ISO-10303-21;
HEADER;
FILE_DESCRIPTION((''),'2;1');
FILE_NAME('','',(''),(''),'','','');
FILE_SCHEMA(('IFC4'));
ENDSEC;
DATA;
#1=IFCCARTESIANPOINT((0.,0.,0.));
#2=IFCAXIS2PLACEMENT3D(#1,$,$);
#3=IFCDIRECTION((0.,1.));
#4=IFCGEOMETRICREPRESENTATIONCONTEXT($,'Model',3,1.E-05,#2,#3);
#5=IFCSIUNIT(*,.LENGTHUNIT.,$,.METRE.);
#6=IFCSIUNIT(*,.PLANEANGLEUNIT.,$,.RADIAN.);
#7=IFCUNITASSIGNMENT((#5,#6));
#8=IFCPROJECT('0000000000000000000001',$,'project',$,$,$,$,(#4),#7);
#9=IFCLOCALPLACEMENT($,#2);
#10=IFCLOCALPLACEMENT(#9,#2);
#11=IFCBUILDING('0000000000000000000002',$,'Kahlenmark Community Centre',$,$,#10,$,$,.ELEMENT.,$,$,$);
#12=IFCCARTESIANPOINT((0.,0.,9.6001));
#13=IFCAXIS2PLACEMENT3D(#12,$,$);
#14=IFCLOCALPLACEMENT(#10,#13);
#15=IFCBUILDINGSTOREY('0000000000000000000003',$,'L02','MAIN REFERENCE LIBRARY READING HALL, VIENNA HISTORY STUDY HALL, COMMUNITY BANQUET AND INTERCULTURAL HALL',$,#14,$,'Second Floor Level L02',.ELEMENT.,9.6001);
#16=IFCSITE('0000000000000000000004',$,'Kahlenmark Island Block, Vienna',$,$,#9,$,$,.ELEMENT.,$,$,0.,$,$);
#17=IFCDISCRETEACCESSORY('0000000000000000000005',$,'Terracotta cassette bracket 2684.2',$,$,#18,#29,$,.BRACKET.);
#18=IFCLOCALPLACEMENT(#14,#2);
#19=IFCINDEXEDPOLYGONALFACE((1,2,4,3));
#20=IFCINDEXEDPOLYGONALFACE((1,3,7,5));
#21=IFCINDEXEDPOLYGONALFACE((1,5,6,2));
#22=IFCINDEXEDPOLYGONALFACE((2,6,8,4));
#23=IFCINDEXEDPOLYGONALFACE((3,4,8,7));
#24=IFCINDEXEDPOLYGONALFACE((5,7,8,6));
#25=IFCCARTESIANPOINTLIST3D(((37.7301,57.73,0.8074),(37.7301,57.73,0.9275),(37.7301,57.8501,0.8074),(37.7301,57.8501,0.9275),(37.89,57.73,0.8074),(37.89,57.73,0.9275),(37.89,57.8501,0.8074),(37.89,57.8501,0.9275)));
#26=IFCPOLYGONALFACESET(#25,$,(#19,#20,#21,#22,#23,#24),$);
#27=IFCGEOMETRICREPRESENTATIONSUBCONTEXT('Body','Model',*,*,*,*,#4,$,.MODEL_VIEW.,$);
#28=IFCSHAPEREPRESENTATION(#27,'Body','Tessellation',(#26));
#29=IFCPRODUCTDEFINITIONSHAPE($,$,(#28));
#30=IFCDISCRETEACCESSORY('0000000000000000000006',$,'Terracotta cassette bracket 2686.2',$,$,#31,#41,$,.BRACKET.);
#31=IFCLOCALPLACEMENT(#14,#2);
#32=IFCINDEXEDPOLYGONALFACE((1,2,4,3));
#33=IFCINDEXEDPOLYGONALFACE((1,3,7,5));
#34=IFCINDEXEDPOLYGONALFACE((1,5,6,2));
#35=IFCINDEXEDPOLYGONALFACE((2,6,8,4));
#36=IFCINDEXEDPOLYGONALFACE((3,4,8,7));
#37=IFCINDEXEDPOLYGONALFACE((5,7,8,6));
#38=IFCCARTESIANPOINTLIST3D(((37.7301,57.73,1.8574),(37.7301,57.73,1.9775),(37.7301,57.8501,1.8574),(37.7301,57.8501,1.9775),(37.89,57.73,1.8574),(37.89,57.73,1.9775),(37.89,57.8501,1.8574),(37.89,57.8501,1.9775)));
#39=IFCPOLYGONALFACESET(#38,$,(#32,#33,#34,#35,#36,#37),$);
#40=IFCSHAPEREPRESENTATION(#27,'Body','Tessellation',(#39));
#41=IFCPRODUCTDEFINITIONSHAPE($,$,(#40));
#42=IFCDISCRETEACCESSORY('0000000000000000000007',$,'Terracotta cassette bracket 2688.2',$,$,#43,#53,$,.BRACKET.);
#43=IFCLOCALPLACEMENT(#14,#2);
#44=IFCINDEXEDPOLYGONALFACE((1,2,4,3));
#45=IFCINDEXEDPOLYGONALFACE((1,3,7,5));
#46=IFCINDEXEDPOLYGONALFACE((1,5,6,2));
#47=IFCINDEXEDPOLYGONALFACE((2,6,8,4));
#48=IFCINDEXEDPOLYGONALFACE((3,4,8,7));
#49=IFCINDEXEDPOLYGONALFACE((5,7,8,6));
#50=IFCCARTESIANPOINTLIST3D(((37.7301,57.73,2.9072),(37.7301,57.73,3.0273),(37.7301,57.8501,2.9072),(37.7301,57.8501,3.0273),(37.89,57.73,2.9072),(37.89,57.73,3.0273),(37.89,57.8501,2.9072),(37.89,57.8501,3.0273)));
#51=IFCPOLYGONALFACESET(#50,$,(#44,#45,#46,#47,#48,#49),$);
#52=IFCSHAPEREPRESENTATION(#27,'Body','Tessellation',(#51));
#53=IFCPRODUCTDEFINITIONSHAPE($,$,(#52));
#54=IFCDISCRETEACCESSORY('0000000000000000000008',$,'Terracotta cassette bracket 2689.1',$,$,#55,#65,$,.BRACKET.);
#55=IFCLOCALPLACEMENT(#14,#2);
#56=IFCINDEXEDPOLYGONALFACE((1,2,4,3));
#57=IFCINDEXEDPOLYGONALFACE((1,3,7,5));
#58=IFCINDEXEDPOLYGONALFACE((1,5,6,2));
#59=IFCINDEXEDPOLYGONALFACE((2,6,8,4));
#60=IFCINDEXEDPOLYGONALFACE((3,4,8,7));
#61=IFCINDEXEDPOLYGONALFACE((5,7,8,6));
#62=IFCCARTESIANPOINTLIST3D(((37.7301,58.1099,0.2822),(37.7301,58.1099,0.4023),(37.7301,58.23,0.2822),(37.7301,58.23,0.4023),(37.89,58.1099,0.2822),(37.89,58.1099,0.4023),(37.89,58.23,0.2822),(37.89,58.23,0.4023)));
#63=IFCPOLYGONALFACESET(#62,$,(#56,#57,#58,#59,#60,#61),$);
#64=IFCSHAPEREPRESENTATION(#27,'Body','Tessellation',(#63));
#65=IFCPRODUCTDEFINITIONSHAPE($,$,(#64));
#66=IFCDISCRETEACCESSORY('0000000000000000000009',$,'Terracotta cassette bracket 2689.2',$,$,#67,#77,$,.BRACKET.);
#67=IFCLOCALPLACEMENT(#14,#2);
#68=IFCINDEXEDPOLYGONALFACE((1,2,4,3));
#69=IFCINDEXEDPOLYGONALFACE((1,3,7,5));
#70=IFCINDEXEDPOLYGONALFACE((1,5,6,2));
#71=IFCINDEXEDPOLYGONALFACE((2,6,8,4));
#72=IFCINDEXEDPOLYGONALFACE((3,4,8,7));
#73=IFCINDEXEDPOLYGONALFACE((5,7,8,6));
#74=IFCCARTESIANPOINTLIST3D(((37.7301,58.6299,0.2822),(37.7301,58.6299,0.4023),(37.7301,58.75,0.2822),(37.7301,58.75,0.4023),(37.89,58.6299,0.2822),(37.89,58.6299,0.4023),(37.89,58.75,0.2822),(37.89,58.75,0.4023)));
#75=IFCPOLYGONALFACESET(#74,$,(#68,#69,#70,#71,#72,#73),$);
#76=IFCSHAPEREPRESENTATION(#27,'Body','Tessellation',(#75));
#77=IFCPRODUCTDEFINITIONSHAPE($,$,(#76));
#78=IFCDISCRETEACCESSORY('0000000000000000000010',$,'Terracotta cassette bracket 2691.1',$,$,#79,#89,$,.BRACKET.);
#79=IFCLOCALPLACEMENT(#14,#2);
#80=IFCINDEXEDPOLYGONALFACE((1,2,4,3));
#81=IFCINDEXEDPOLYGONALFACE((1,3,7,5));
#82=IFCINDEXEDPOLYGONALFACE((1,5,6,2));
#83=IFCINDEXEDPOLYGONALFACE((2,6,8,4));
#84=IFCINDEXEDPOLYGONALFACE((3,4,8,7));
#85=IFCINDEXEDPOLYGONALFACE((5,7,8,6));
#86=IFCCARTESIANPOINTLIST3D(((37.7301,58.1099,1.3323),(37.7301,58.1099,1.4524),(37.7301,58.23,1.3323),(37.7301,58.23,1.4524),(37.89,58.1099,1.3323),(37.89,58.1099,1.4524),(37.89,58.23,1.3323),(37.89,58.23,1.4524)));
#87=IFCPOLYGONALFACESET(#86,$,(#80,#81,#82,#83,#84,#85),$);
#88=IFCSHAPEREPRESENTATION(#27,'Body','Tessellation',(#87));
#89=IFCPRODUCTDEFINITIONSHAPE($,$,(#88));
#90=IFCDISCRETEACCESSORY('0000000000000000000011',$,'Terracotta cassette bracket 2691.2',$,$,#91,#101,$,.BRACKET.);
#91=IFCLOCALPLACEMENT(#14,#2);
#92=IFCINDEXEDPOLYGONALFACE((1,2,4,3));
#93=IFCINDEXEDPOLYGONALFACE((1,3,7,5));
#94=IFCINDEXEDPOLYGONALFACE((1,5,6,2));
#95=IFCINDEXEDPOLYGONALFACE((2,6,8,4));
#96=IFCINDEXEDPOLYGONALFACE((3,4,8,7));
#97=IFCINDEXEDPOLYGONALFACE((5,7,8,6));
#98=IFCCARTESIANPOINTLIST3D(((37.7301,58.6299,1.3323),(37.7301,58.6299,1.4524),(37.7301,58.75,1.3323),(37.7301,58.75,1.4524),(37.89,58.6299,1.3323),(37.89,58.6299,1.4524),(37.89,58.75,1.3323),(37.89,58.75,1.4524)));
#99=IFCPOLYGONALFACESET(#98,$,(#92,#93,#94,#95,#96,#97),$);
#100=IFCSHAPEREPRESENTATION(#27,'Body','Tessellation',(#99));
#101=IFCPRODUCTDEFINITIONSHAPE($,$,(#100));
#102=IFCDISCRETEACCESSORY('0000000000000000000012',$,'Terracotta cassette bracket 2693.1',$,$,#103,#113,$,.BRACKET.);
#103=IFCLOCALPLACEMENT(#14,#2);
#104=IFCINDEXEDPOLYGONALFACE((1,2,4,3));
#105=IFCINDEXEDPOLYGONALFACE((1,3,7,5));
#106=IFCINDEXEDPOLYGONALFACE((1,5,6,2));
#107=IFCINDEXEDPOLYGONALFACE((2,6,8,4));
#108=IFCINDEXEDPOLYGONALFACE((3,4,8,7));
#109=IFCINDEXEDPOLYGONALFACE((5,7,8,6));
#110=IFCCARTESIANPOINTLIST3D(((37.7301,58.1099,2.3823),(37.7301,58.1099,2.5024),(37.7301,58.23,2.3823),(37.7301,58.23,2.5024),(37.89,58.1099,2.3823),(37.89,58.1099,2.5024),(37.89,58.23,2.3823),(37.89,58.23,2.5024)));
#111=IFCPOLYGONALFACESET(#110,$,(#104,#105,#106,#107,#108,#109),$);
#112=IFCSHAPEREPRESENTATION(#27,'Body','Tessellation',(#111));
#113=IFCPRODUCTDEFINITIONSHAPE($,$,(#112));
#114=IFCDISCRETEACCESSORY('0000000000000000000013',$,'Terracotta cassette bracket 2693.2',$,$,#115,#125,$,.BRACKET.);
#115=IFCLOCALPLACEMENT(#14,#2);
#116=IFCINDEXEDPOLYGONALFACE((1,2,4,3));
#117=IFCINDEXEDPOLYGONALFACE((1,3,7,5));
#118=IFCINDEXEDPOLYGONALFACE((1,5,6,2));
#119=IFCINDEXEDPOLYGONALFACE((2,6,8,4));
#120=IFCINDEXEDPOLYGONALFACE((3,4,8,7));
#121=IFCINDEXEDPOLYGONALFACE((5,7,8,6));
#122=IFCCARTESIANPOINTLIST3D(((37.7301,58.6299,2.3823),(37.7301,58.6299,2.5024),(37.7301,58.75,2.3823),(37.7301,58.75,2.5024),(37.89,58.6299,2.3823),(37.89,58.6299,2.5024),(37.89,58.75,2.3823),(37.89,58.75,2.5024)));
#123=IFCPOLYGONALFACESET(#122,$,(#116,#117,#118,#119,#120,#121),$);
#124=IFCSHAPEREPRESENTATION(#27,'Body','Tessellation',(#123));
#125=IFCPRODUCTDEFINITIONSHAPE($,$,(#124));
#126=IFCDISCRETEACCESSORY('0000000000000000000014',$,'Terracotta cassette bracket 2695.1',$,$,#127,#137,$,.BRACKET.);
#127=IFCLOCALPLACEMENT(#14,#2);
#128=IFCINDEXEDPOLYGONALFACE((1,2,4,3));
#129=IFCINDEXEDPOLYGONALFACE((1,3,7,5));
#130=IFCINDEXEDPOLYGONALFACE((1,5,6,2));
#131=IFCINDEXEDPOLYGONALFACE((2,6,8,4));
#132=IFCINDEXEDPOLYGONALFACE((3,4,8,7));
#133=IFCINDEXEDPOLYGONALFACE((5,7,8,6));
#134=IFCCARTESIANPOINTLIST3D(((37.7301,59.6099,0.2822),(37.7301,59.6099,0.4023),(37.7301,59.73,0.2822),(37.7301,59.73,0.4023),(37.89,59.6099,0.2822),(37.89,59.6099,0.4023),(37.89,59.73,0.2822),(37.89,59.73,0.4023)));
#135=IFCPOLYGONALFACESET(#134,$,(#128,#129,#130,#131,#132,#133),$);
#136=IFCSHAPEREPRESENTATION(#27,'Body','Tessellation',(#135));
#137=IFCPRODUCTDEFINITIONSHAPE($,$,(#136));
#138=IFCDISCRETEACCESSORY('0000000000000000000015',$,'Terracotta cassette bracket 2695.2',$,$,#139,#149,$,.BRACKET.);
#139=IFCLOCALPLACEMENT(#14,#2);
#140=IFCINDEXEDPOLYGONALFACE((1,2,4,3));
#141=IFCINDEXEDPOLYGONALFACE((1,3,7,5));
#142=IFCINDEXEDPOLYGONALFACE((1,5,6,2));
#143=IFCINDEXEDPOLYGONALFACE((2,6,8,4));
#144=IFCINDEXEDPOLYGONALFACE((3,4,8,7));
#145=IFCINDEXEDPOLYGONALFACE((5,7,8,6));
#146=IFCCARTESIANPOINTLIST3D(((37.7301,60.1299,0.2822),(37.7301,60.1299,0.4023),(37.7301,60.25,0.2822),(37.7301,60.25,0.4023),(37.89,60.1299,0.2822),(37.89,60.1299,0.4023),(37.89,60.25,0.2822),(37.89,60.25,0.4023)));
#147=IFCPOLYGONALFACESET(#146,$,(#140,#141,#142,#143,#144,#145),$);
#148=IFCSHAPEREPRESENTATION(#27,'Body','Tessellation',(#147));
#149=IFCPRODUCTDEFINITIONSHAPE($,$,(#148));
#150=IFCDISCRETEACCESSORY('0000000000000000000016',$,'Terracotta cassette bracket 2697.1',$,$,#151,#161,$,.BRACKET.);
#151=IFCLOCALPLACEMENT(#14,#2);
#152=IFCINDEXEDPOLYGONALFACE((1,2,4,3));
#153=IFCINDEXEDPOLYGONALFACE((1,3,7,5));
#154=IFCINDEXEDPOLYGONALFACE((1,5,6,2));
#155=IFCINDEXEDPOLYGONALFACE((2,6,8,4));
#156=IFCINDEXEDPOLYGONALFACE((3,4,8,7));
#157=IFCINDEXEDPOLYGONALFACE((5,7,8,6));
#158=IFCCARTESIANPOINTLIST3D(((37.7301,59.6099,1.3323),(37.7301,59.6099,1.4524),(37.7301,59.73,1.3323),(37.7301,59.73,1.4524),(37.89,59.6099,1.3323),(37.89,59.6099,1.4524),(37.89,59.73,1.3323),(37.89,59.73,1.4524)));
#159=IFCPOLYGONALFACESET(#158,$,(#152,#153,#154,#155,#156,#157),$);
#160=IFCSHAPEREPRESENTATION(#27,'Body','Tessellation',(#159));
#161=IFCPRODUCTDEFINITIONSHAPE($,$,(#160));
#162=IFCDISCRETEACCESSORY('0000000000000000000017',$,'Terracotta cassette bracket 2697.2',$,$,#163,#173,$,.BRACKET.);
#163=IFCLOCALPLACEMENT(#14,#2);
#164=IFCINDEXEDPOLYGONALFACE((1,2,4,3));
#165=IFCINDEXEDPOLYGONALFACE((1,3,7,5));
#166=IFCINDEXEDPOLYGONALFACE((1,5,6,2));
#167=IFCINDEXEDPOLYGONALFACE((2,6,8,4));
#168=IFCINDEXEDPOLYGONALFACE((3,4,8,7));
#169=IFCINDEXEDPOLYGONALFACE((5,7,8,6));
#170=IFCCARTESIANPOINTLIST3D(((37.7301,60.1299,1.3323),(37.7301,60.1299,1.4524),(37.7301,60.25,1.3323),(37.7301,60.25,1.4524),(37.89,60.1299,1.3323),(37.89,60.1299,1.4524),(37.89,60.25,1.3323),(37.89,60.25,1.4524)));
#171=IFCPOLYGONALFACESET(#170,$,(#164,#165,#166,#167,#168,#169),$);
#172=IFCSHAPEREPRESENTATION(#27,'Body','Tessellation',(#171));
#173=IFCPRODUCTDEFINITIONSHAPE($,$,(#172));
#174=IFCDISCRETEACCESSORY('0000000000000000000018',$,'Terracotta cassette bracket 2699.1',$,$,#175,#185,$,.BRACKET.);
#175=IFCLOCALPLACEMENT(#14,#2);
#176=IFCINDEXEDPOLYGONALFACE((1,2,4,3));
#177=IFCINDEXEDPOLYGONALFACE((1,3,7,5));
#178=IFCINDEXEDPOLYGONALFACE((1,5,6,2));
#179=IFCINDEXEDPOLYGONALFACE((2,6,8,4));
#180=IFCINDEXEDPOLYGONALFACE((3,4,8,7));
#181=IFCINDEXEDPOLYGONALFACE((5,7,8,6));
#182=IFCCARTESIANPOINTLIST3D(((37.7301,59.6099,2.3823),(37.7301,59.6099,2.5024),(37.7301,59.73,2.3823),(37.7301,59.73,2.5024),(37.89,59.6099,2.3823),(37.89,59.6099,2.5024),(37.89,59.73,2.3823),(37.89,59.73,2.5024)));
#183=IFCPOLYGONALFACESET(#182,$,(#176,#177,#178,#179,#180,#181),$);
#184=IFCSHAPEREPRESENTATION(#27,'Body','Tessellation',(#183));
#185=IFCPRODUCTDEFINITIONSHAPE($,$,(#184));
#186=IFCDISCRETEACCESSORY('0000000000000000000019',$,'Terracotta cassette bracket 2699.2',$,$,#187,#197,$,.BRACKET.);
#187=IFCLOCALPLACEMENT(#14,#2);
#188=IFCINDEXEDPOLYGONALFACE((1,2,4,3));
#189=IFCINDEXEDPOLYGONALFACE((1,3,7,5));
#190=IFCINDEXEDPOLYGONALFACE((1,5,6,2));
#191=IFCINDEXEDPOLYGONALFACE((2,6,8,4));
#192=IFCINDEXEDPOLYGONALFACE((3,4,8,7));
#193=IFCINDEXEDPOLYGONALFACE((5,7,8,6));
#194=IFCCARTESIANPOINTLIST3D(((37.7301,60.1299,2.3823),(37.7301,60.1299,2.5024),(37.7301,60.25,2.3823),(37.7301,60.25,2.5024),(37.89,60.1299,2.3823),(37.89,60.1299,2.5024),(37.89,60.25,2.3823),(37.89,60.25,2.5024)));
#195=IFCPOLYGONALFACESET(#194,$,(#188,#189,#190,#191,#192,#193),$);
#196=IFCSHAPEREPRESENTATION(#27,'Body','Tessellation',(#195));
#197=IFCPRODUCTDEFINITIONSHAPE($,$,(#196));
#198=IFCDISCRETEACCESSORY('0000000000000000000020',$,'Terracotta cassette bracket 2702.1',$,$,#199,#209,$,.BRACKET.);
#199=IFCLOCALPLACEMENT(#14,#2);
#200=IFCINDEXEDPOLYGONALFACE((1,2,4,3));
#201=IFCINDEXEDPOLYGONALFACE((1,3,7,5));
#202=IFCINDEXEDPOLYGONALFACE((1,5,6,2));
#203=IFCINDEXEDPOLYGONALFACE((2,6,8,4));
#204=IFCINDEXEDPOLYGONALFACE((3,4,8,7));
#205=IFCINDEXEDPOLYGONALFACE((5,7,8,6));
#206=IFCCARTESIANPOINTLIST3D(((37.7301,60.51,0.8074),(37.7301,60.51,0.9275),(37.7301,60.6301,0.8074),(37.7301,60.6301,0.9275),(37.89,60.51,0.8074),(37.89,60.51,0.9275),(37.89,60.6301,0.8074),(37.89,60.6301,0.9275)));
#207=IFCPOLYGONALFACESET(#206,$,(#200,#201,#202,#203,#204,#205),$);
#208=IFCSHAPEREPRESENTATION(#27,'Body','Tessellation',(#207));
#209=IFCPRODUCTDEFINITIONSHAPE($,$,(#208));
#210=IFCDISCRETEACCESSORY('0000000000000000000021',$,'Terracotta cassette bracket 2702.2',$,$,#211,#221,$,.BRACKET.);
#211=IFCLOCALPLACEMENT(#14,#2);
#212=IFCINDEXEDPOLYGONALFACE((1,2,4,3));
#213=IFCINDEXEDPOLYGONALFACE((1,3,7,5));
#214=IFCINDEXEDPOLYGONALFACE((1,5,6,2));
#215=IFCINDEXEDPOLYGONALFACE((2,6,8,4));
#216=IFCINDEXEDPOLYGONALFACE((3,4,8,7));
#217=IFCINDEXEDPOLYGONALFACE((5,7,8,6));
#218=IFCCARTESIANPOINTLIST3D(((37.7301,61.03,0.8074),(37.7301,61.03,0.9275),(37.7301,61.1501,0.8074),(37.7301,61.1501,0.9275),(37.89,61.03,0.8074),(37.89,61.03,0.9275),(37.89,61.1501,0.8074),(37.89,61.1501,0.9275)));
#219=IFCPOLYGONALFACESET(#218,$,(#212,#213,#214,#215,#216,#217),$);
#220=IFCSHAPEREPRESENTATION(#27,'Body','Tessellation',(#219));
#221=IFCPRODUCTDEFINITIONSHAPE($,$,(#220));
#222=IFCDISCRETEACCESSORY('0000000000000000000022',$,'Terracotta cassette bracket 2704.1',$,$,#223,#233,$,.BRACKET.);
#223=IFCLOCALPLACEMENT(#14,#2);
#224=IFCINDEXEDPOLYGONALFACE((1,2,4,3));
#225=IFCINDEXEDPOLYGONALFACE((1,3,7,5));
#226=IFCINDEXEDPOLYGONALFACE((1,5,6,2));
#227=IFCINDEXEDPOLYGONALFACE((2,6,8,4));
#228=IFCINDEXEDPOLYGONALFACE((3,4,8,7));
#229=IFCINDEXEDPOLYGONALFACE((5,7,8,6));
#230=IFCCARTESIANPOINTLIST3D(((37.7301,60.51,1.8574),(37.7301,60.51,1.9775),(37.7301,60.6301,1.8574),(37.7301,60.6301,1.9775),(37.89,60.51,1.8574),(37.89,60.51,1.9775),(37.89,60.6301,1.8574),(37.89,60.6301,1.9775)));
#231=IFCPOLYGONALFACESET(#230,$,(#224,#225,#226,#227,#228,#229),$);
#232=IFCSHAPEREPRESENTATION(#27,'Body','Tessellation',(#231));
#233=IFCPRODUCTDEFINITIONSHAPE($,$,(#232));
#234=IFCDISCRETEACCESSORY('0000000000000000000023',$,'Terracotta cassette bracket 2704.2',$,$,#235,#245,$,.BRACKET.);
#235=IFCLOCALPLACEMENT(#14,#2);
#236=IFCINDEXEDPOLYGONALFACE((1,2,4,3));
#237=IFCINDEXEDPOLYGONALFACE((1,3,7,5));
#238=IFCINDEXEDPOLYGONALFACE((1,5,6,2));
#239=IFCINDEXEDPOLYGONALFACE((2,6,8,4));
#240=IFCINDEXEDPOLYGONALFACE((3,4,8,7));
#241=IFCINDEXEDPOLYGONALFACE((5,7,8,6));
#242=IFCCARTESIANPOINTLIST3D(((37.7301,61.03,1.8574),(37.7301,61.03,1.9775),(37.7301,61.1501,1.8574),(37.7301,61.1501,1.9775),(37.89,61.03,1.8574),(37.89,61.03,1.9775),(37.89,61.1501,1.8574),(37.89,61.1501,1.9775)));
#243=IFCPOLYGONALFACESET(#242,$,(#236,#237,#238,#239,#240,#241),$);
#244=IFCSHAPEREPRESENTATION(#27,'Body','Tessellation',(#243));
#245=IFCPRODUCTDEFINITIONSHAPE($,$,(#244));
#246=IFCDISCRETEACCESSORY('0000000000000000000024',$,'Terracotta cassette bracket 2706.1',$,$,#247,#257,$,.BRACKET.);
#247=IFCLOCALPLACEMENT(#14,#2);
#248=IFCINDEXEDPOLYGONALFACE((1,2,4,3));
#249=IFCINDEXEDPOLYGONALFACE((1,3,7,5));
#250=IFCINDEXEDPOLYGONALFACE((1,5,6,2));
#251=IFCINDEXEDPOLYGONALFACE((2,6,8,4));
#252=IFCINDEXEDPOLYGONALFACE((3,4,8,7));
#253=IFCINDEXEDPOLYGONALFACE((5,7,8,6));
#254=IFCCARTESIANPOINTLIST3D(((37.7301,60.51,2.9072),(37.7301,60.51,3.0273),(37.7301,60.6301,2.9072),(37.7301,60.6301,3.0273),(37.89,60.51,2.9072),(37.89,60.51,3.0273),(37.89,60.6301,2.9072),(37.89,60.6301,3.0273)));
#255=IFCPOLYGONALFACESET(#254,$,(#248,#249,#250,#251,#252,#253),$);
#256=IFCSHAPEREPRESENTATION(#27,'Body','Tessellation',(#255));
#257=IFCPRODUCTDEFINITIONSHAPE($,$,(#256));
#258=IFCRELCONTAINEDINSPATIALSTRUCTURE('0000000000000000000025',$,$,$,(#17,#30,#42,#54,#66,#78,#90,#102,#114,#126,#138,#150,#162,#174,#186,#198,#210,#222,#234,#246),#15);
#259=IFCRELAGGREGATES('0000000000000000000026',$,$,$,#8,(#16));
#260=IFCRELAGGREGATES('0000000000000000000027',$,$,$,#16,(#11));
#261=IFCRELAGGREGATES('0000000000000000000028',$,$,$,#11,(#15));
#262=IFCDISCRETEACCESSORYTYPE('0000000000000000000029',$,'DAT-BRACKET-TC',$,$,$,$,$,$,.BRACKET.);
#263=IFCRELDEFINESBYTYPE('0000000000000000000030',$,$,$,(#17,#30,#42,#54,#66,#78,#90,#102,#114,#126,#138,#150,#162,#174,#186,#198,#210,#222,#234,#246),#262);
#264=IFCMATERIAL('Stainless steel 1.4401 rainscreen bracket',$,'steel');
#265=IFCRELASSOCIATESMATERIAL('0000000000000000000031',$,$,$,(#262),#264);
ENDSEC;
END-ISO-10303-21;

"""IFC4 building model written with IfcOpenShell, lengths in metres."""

from ifc_helpers import new_model, si_unit, direction, frame, origin, origin_2d, place, context, subcontext, project, spatial, rectangle, extrude, material, type_object, element, save


model = new_model("IFC4")

# Units and contexts
model_context = context("Model", 3, precision=1e-05, world=origin(), true_north=direction((0.0, 1.0)))
body_context = subcontext(model_context, "Body", "Model", "MODEL_VIEW")
ifc_project = project(units=[si_unit("LENGTHUNIT", "METRE"), si_unit("PLANEANGLEUNIT", "RADIAN")], contexts=[model_context])

# Site, building, storey
site_placement = place(None, origin())
site = spatial("IfcSite", under=ifc_project, at=site_placement, Name="Kahlenmark Island Block, Vienna", CompositionType="ELEMENT", RefElevation=0.0)
building_placement = place(site_placement, origin())
building = spatial("IfcBuilding", under=site, at=building_placement, Name="Kahlenmark Community Centre", CompositionType="ELEMENT")
storey_placement = place(building_placement, frame((0.0, 0.0, 9.6001)))
storey = spatial("IfcBuildingStorey", under=building, at=storey_placement, Name="L02", Description="MAIN REFERENCE LIBRARY READING HALL, VIENNA HISTORY STUDY HALL, COMMUNITY BANQUET AND INTERCULTURAL HALL", LongName="Second Floor Level L02", CompositionType="ELEMENT", Elevation=9.6001)

# Discrete accessories
ifc_material_1 = material(Name="Stainless steel 1.4401 rainscreen bracket", Category="steel")
discrete_accessory_type = type_object("IfcDiscreteAccessoryType", Name="DAT-BRACKET-TC", PredefinedType="BRACKET", material=ifc_material_1)
for number, where, z_axis, x_axis, name in (
    (1, (37.8101, 57.79, 0.8074), (0.0, 0.0, 1.0), (0.0, 1.0, 0.0), "Terracotta cassette bracket 2684.2"),
    (2, (37.8101, 57.79, 1.8574), (0.0, 0.0, 1.0), (0.0, 1.0, 0.0), "Terracotta cassette bracket 2686.2"),
    (3, (37.8101, 57.79, 2.9072), (0.0, 0.0, 1.0), (0.0, 1.0, 0.0), "Terracotta cassette bracket 2688.2"),
    (4, (37.8101, 58.1699, 0.2822), (0.0, 0.0, 1.0), (0.0, 1.0, 0.0), "Terracotta cassette bracket 2689.1"),
    (5, (37.8101, 58.6899, 0.2822), (0.0, 0.0, 1.0), (0.0, 1.0, 0.0), "Terracotta cassette bracket 2689.2"),
    (6, (37.8101, 58.1699, 1.3323), (0.0, 0.0, 1.0), (0.0, 1.0, 0.0), "Terracotta cassette bracket 2691.1"),
    (7, (37.8101, 58.6899, 1.3323), (0.0, 0.0, 1.0), (0.0, 1.0, 0.0), "Terracotta cassette bracket 2691.2"),
    (8, (37.8101, 58.1699, 2.3823), (0.0, 0.0, 1.0), (0.0, 1.0, 0.0), "Terracotta cassette bracket 2693.1"),
    (9, (37.8101, 58.6899, 2.3823), (0.0, 0.0, 1.0), (0.0, 1.0, 0.0), "Terracotta cassette bracket 2693.2"),
    (10, (37.8101, 59.6699, 0.2822), (0.0, 0.0, 1.0), (0.0, 1.0, 0.0), "Terracotta cassette bracket 2695.1"),
    (11, (37.8101, 60.1899, 0.2822), (0.0, 0.0, 1.0), (0.0, 1.0, 0.0), "Terracotta cassette bracket 2695.2"),
    (12, (37.8101, 59.6699, 1.3323), (0.0, 0.0, 1.0), (0.0, 1.0, 0.0), "Terracotta cassette bracket 2697.1"),
    (13, (37.8101, 60.1899, 1.3323), (0.0, 0.0, 1.0), (0.0, 1.0, 0.0), "Terracotta cassette bracket 2697.2"),
    (14, (37.8101, 59.6699, 2.3823), (0.0, 0.0, 1.0), (0.0, 1.0, 0.0), "Terracotta cassette bracket 2699.1"),
    (15, (37.8101, 60.1899, 2.3823), (0.0, 0.0, 1.0), (0.0, 1.0, 0.0), "Terracotta cassette bracket 2699.2"),
    (16, (37.8101, 60.5701, 0.8074), (0.0, 0.0, 1.0), (0.0, 1.0, 0.0), "Terracotta cassette bracket 2702.1"),
    (17, (37.8101, 61.0901, 0.8074), (0.0, 0.0, 1.0), (0.0, 1.0, 0.0), "Terracotta cassette bracket 2702.2"),
    (18, (37.8101, 60.5701, 1.8574), (0.0, 0.0, 1.0), (0.0, 1.0, 0.0), "Terracotta cassette bracket 2704.1"),
    (19, (37.8101, 61.0901, 1.8574), (0.0, 0.0, 1.0), (0.0, 1.0, 0.0), "Terracotta cassette bracket 2704.2"),
    (20, (37.8101, 60.5701, 2.9072), (0.0, 0.0, 1.0), (0.0, 1.0, 0.0), "Terracotta cassette bracket 2706.1"),
):
    element("IfcDiscreteAccessory", number, at=place(storey_placement, frame(where, z_axis=z_axis, x_axis=x_axis)), inside=storey, type_object=discrete_accessory_type, Name=name, PredefinedType="BRACKET", context=body_context, shape_type="SweptSolid", body=[
        extrude(rectangle(XDim=0.1201, YDim=0.1599, at=origin_2d()), origin(), (0.0, 0.0, 1.0), 0.1201),
    ])

save(model, "model.ifc")
